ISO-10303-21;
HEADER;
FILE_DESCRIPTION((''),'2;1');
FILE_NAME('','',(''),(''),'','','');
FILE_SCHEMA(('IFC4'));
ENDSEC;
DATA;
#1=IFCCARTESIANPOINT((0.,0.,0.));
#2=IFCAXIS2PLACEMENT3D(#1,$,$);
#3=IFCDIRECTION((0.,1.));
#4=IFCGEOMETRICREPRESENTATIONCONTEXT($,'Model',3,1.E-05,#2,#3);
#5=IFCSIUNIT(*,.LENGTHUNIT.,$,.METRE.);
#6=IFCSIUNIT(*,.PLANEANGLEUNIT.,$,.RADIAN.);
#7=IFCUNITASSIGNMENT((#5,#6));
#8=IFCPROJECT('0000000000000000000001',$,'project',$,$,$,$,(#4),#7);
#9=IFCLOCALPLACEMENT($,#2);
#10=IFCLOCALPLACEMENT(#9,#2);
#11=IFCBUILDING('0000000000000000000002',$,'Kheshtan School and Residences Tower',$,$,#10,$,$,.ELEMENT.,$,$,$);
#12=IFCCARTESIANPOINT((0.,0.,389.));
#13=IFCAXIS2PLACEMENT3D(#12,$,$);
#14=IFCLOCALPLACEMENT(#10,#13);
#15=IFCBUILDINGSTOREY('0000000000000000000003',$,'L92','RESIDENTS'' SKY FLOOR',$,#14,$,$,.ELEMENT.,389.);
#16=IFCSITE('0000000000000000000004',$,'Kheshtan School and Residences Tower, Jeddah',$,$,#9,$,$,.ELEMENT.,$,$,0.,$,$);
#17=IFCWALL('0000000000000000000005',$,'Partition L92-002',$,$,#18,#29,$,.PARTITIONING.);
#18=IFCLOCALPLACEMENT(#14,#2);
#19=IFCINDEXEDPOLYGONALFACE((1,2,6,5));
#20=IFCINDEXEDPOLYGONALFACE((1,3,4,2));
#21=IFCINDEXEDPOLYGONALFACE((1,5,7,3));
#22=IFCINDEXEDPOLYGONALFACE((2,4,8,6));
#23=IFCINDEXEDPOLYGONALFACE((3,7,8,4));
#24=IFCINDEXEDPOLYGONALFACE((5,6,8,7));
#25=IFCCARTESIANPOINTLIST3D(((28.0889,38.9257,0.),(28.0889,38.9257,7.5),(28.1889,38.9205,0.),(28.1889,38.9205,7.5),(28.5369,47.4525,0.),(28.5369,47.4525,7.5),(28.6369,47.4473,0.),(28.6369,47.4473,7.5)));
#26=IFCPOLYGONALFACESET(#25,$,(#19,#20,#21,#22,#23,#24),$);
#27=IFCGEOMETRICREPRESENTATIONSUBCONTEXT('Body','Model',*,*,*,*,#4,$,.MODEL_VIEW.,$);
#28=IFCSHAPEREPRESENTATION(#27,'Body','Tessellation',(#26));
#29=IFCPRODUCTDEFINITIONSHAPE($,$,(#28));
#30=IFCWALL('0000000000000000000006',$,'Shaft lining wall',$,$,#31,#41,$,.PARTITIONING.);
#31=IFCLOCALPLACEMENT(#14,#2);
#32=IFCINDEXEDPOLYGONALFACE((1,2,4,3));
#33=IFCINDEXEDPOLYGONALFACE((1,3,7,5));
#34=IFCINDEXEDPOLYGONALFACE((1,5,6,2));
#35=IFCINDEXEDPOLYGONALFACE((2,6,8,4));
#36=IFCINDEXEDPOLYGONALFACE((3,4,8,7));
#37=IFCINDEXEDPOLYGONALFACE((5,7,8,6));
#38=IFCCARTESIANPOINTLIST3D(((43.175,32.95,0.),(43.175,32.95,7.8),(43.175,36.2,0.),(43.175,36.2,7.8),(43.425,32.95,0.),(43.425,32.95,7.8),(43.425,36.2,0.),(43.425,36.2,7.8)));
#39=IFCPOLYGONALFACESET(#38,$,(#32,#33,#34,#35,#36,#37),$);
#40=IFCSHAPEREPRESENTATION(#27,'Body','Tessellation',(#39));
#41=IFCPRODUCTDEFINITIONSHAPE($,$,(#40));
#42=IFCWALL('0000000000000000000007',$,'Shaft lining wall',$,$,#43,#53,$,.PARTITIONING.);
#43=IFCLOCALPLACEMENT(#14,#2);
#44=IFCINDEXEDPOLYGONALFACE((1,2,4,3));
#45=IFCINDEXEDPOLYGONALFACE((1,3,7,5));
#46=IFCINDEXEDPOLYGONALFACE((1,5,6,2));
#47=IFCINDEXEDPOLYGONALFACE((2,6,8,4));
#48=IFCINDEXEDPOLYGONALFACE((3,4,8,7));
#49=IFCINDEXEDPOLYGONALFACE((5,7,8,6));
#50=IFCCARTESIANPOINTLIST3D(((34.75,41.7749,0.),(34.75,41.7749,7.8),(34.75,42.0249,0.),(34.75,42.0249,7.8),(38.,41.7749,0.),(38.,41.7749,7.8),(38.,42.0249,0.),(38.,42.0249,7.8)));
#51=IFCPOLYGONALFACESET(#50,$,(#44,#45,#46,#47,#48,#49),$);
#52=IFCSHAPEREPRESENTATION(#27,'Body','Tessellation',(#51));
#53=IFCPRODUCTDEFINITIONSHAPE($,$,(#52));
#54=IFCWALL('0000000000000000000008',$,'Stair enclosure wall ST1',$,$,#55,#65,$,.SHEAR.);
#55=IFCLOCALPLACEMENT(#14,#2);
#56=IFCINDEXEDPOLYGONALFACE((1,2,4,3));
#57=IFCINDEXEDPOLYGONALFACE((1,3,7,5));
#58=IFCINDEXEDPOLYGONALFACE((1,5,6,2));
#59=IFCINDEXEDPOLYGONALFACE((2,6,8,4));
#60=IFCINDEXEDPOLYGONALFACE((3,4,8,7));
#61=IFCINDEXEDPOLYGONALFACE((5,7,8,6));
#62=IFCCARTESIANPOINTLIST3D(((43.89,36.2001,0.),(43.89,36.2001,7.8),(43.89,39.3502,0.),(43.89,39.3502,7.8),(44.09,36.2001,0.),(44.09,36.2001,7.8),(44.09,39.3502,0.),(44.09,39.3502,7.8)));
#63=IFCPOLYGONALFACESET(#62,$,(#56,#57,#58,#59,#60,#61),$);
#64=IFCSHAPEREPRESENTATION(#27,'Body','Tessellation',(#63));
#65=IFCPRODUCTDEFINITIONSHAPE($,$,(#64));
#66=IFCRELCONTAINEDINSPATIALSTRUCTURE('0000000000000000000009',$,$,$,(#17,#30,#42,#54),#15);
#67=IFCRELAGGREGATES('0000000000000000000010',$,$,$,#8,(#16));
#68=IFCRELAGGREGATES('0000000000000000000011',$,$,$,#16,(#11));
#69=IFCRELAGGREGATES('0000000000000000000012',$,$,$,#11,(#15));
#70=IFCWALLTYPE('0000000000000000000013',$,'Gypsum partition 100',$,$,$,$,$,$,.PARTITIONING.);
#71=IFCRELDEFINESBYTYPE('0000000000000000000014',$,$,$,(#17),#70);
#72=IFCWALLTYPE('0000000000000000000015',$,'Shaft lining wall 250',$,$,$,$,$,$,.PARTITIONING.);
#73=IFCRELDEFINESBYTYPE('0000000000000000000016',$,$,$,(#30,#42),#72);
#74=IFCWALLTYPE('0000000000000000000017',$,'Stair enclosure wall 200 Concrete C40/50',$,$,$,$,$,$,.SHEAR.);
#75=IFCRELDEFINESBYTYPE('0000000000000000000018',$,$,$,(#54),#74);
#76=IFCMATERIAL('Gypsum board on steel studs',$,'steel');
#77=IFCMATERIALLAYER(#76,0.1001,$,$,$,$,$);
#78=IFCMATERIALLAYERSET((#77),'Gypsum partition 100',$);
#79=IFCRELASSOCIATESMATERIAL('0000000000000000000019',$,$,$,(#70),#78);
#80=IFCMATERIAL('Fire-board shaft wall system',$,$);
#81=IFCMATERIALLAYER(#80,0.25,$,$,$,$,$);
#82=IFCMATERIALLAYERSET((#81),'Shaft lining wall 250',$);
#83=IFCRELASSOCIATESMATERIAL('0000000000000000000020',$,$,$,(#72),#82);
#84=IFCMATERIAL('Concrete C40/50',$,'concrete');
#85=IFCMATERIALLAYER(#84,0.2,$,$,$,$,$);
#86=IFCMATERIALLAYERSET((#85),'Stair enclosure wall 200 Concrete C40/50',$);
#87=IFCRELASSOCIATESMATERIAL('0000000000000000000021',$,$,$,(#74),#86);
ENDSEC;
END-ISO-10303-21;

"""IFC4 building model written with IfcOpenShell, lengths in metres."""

from ifc_helpers import new_model, si_unit, direction, frame, frame_2d, origin, place, context, subcontext, project, spatial, rectangle, extrude, material, layer, layer_set, type_object, element, save


model = new_model("IFC4")

# Units and contexts
model_context = context("Model", 3, precision=1e-05, world=origin(), true_north=direction((0.0, 1.0)))
body_context = subcontext(model_context, "Body", "Model", "MODEL_VIEW")
ifc_project = project(units=[si_unit("LENGTHUNIT", "METRE"), si_unit("PLANEANGLEUNIT", "RADIAN")], contexts=[model_context])

# Site, building, storey
site_placement = place(None, origin())
site = spatial("IfcSite", under=ifc_project, at=site_placement, Name="Kheshtan School and Residences Tower, Jeddah", CompositionType="ELEMENT", RefElevation=0.0)
building_placement = place(site_placement, origin())
building = spatial("IfcBuilding", under=site, at=building_placement, Name="Kheshtan School and Residences Tower", CompositionType="ELEMENT")
storey_placement = place(building_placement, frame((0.0, 0.0, 389.0)))
storey = spatial("IfcBuildingStorey", under=building, at=storey_placement, Name="L92", Description="RESIDENTS' SKY FLOOR", CompositionType="ELEMENT", Elevation=389.0)

# Walls
ifc_material_1 = material(Name="Gypsum board on steel studs", Category="steel")
ifc_layer_1 = layer(ifc_material_1, 0.1001)
ifc_layer_set_1 = layer_set([ifc_layer_1], Name="Gypsum partition 100")
wall_type_1 = type_object("IfcWallType", Name="Gypsum partition 100", PredefinedType="PARTITIONING", material=ifc_layer_set_1)
wall_1_placement = place(storey_placement, frame((28.1389, 38.9231, 0.0), z_axis=(0.0, 0.0, 1.0), x_axis=(0.052467, 0.998623, 0.0)))
element("IfcWall", 1, at=wall_1_placement, inside=storey, type_object=wall_type_1, Name="Partition L92-002", PredefinedType="PARTITIONING", context=body_context, shape_type="SweptSolid", body=[
    extrude(rectangle(XDim=8.5386, YDim=0.1001, at=frame_2d((4.2693, 0.0))), origin(), (0.0, 0.0, 1.0), 7.5),
])
ifc_material_2 = material(Name="Fire-board shaft wall system")
ifc_layer_2 = layer(ifc_material_2, 0.25)
ifc_layer_set_2 = layer_set([ifc_layer_2], Name="Shaft lining wall 250")
wall_type_2 = type_object("IfcWallType", Name="Shaft lining wall 250", PredefinedType="PARTITIONING", material=ifc_layer_set_2)
for number, where, z_axis, x_axis, name in (
    (2, (43.3, 32.95, 0.0), (0.0, 0.0, 1.0), (0.0, 1.0, 0.0), "Shaft lining wall"),
    (3, (34.75, 41.8999, 0.0), (0.0, 0.0, 1.0), (1.0, 0.0, 0.0), "Shaft lining wall"),
):
    element("IfcWall", number, at=place(storey_placement, frame(where, z_axis=z_axis, x_axis=x_axis)), inside=storey, type_object=wall_type_2, Name=name, PredefinedType="PARTITIONING", context=body_context, shape_type="SweptSolid", body=[
        extrude(rectangle(XDim=3.25, YDim=0.25, at=frame_2d((1.625, 0.0))), origin(), (0.0, 0.0, 1.0), 7.8),
    ])
ifc_material_3 = material(Name="Concrete C40/50", Category="concrete")
ifc_layer_3 = layer(ifc_material_3, 0.2)
ifc_layer_set_3 = layer_set([ifc_layer_3], Name="Stair enclosure wall 200 Concrete C40/50")
wall_type_3 = type_object("IfcWallType", Name="Stair enclosure wall 200 Concrete C40/50", PredefinedType="SHEAR", material=ifc_layer_set_3)
wall_2_placement = place(storey_placement, frame((43.99, 36.2, 0.0), z_axis=(0.0, 0.0, 1.0), x_axis=(0.0, 1.0, 0.0)))
element("IfcWall", 4, at=wall_2_placement, inside=storey, type_object=wall_type_3, Name="Stair enclosure wall ST1", PredefinedType="SHEAR", context=body_context, shape_type="SweptSolid", body=[
    extrude(rectangle(XDim=3.1501, YDim=0.2, at=frame_2d((1.5752, 0.0))), origin(), (0.0, 0.0, 1.0), 7.8),
])

save(model, "model.ifc")
